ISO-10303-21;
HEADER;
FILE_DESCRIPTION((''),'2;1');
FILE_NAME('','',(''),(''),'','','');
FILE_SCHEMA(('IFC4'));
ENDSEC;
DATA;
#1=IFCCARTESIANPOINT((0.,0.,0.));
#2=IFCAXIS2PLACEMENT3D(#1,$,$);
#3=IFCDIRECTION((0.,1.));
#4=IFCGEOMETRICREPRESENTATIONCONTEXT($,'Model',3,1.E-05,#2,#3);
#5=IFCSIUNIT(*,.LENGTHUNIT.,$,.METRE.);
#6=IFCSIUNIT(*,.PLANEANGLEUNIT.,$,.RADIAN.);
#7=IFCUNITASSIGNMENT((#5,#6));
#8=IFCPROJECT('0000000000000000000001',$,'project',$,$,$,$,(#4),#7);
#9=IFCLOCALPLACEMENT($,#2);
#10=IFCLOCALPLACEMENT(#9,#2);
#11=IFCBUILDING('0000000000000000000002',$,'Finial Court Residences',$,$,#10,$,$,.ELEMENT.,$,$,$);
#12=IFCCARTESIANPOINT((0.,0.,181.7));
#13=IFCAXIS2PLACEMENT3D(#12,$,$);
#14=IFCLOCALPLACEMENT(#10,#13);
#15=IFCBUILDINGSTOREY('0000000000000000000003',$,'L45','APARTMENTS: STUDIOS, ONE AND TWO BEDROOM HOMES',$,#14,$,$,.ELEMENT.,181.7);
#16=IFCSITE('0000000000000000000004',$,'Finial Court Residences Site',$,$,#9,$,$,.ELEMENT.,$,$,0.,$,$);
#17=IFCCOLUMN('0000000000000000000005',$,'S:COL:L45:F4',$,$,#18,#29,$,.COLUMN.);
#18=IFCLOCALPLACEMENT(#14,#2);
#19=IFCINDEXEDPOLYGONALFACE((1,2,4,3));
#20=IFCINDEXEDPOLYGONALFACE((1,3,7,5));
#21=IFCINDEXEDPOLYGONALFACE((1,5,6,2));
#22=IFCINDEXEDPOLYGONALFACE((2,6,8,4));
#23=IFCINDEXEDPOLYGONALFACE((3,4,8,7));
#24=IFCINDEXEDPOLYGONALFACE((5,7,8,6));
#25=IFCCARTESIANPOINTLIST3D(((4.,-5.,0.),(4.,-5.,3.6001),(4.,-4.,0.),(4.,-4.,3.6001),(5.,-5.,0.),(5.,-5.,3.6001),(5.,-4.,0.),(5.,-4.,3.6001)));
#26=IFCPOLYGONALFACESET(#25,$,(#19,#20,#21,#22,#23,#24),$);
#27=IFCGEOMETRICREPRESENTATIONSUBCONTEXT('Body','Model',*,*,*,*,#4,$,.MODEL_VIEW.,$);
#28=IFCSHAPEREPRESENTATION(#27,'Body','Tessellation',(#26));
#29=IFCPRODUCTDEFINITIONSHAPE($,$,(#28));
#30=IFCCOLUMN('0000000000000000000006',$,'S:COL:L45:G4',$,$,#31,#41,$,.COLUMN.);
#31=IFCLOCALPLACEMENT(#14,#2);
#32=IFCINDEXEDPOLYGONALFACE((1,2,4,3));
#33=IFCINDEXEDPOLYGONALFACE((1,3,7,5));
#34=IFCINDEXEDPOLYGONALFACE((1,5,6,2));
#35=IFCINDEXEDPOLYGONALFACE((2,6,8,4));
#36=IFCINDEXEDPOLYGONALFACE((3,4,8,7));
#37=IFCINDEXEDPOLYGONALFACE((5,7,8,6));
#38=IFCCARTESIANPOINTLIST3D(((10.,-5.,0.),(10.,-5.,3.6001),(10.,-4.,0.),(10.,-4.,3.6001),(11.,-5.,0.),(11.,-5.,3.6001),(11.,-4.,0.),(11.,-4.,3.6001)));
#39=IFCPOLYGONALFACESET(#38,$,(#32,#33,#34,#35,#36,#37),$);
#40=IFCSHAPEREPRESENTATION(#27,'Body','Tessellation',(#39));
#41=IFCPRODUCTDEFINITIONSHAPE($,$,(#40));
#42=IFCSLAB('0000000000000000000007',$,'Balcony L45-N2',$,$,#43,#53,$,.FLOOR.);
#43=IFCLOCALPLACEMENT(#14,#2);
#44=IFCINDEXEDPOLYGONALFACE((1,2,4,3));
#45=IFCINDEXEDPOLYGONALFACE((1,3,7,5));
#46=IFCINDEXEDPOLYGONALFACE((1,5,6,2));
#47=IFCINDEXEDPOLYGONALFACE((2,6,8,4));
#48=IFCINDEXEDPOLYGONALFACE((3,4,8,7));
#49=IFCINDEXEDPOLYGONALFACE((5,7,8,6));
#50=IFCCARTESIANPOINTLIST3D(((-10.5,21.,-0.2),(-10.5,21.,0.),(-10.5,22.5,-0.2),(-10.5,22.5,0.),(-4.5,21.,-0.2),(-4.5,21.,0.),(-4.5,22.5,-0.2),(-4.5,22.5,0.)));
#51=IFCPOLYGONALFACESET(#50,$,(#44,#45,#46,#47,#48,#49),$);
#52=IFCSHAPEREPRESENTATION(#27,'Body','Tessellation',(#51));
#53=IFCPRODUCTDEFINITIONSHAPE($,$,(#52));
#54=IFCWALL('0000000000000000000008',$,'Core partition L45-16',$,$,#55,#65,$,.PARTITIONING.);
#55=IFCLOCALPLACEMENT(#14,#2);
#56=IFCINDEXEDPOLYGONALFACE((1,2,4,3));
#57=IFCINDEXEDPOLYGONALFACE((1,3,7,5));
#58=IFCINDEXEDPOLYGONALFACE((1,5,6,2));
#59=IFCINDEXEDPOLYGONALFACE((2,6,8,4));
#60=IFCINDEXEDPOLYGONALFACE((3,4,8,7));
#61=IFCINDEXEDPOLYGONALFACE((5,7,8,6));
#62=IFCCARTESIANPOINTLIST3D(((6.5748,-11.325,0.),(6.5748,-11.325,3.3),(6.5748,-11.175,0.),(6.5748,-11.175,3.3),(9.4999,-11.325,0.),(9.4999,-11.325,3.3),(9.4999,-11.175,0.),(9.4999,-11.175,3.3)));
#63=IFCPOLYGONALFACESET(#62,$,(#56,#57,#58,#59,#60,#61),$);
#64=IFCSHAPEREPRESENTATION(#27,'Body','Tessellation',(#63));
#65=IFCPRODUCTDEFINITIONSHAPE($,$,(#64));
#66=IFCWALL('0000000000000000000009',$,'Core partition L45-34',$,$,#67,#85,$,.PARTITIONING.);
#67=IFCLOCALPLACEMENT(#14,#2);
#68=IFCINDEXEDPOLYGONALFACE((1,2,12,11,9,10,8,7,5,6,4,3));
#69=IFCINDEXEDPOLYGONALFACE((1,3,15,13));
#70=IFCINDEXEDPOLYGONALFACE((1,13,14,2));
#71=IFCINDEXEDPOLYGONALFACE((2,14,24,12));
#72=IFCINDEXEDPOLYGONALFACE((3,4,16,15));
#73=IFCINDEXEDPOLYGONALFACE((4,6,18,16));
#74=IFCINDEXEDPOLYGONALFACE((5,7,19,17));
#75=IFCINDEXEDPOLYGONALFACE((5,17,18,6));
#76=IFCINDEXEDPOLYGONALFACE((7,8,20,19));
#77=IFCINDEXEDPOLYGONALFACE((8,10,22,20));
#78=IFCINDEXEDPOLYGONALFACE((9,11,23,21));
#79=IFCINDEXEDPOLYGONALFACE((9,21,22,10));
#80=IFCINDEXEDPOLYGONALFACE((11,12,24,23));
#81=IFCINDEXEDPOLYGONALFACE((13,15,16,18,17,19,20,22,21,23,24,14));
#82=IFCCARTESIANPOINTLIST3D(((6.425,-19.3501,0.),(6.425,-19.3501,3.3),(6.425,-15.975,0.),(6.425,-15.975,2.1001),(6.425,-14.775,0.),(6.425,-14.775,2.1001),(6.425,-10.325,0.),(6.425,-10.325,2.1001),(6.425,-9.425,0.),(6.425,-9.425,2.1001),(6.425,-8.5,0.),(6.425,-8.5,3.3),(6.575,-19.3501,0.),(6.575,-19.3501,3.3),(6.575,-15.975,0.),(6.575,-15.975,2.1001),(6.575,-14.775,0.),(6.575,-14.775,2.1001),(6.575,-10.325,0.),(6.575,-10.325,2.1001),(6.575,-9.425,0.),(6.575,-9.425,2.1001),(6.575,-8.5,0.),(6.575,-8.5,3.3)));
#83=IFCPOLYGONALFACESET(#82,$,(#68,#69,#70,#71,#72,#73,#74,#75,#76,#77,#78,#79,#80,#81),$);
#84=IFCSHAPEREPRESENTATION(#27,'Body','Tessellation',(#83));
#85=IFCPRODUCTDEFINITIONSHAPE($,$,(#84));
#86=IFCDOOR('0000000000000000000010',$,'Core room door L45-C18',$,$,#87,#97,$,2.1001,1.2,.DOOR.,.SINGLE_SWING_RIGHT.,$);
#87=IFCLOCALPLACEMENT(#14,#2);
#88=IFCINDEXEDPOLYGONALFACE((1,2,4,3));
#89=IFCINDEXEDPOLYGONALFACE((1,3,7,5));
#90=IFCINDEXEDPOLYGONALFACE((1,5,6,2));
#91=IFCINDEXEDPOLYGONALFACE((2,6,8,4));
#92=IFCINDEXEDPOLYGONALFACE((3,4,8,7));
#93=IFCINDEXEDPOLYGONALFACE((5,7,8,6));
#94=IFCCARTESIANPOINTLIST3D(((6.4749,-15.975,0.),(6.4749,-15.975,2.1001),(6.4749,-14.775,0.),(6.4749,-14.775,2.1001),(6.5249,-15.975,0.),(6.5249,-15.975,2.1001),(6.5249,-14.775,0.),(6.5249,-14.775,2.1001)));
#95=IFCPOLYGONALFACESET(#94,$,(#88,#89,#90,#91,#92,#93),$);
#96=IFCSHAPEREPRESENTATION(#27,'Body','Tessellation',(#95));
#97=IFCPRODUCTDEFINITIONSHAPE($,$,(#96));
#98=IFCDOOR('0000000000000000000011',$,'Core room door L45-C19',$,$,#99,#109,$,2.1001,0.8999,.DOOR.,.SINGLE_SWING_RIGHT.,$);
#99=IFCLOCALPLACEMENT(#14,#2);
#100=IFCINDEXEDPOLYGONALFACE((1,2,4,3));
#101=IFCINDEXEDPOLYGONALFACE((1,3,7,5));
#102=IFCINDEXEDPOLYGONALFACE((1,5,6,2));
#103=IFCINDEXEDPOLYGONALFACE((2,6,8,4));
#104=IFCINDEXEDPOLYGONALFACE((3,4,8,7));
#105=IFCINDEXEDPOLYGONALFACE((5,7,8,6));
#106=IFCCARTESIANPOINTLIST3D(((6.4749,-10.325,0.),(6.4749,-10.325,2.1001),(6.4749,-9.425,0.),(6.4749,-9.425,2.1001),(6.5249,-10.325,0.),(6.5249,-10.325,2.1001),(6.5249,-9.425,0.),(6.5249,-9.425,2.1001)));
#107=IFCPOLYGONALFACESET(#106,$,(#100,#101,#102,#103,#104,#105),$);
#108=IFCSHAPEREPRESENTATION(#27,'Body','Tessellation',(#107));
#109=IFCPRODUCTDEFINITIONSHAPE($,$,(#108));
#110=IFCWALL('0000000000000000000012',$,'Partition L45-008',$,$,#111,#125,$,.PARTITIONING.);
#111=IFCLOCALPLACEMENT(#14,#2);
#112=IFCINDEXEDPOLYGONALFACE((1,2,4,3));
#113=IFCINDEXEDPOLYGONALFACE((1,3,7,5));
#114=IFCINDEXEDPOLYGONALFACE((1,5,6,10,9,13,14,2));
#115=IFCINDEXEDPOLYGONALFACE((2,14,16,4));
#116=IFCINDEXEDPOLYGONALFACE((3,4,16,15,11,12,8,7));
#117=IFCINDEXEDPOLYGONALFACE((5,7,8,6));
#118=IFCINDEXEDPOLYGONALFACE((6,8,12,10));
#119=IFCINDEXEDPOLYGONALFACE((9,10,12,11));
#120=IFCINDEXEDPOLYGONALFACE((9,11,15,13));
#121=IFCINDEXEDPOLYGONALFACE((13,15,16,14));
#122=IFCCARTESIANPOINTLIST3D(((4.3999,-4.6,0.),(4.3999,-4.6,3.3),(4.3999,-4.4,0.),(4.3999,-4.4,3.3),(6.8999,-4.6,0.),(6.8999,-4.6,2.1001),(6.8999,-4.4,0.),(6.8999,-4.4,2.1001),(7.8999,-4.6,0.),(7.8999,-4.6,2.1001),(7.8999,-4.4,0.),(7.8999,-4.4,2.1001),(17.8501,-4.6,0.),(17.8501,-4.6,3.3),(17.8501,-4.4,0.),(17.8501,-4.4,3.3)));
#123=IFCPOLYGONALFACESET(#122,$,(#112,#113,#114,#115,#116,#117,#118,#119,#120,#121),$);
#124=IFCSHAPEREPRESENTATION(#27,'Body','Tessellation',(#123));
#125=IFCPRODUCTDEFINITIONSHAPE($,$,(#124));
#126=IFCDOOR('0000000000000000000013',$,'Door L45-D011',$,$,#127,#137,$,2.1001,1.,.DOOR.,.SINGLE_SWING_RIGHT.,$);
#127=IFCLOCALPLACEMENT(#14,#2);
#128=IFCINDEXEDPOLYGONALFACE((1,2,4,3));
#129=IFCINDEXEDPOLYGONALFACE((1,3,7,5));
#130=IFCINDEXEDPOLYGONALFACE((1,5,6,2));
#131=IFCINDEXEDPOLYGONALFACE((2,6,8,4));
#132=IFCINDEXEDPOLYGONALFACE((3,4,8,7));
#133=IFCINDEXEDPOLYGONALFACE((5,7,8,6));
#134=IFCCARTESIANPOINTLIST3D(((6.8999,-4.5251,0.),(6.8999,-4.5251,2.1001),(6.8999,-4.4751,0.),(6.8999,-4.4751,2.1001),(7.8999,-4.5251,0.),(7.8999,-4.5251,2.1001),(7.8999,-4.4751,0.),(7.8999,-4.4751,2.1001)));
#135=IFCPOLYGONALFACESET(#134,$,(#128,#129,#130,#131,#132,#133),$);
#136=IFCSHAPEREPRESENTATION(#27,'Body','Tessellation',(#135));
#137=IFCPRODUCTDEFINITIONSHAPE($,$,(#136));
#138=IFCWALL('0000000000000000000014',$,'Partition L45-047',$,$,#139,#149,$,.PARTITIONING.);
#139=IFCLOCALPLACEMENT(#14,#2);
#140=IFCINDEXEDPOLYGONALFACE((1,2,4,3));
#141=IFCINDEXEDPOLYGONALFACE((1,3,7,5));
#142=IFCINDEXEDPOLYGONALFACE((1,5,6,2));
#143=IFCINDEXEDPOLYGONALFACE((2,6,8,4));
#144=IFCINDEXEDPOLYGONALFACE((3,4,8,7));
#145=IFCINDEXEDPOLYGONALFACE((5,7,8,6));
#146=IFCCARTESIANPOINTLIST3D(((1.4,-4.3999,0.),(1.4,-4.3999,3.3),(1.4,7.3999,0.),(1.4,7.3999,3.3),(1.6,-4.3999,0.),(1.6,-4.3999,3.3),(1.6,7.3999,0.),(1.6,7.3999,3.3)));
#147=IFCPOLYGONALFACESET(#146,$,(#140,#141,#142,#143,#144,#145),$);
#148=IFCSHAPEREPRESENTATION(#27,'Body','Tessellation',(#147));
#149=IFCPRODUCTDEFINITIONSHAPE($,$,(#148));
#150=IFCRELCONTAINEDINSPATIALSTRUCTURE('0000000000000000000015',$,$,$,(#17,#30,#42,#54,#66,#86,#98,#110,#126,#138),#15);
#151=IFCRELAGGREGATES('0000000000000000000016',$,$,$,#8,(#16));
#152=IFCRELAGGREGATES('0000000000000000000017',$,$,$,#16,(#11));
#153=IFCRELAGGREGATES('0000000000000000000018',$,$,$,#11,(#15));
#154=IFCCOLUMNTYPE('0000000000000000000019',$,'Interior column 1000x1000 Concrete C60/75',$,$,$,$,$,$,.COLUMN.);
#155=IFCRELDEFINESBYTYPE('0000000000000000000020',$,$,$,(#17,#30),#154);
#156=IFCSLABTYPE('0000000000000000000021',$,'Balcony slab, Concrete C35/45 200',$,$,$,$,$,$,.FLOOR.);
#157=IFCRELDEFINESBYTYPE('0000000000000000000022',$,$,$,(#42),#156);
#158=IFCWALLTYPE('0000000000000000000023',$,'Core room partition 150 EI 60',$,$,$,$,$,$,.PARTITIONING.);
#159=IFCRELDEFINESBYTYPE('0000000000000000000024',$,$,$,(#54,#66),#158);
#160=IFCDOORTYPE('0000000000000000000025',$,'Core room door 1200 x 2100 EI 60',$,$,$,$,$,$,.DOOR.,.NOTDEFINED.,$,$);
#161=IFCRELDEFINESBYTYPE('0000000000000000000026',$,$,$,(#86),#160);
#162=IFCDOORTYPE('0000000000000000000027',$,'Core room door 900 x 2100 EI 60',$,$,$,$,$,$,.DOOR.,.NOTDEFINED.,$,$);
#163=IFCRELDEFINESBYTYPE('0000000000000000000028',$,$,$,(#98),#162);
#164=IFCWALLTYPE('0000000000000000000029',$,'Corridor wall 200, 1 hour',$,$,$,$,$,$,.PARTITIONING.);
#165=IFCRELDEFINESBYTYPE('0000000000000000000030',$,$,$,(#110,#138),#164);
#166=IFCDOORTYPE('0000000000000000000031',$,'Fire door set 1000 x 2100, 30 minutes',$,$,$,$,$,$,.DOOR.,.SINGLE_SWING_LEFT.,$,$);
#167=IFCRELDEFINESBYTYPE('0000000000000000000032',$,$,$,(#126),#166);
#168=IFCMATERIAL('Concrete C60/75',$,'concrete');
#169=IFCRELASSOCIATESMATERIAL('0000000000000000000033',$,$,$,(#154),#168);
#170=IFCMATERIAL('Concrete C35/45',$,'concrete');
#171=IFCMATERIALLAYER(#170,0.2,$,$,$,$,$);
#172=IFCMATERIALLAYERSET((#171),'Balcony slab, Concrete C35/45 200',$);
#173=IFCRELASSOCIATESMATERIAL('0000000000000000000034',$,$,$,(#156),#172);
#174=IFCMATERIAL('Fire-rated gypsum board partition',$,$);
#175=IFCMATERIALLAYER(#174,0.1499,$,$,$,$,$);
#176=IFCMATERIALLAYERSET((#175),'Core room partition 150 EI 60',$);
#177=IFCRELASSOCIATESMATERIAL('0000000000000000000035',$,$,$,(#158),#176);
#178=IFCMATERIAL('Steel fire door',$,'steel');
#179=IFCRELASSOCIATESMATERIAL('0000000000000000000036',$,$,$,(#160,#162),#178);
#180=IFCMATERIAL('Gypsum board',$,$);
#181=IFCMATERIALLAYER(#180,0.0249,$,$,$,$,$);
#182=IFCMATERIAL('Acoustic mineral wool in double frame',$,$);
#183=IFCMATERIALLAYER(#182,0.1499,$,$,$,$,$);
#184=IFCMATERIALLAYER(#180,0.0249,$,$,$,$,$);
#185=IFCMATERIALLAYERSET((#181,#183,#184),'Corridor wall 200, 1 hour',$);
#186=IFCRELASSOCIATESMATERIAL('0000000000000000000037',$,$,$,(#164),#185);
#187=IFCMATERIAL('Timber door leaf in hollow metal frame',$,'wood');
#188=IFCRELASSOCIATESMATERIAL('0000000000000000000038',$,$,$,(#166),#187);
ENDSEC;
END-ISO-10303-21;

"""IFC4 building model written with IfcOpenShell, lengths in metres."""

from ifc_helpers import new_model, si_unit, direction, frame, frame_2d, origin, origin_2d, place, context, subcontext, project, spatial, polyline, rectangle, outline, extrude, material, layer, layer_set, material_profile, profile_set, type_object, element, fill, save


model = new_model("IFC4")

# Units and contexts
model_context = context("Model", 3, precision=1e-05, world=origin(), true_north=direction((0.0, 1.0)))
body_context = subcontext(model_context, "Body", "Model", "MODEL_VIEW")
ifc_project = project(units=[si_unit("LENGTHUNIT", "METRE"), si_unit("PLANEANGLEUNIT", "RADIAN")], contexts=[model_context])

# Site, building, storey
site_placement = place(None, origin())
site = spatial("IfcSite", under=ifc_project, at=site_placement, Name="Finial Court Residences Site", CompositionType="ELEMENT", RefElevation=0.0)
building_placement = place(site_placement, origin())
building = spatial("IfcBuilding", under=site, at=building_placement, Name="Finial Court Residences", CompositionType="ELEMENT")
storey_placement = place(building_placement, frame((0.0, 0.0, 181.7)))
storey = spatial("IfcBuildingStorey", under=building, at=storey_placement, Name="L45", Description="APARTMENTS: STUDIOS, ONE AND TWO BEDROOM HOMES", CompositionType="ELEMENT", Elevation=181.7)

# Columns
ifc_material_1 = material(Name="Concrete C60/75", Category="concrete")
ifc_material_profile = material_profile(ifc_material_1, rectangle(XDim=1.0, YDim=1.0, at=origin_2d()), Name="1000x1000")
ifc_profile_set = profile_set([ifc_material_profile], Name="Concrete C60/75")
column_type = type_object("IfcColumnType", Name="Interior column 1000x1000 Concrete C60/75", PredefinedType="COLUMN", material=ifc_profile_set)
for number, where, z_axis, x_axis, name in (
    (1, (4.5, -4.5, 0.0), (0.0, 0.0, 1.0), (1.0, 0.0, 0.0), "S:COL:L45:F4"),
    (2, (10.5, -4.5, 0.0), (0.0, 0.0, 1.0), (1.0, 0.0, 0.0), "S:COL:L45:G4"),
):
    element("IfcColumn", number, at=place(storey_placement, frame(where, z_axis=z_axis, x_axis=x_axis)), inside=storey, type_object=column_type, Name=name, PredefinedType="COLUMN", context=body_context, shape_type="SweptSolid", body=[
        extrude(rectangle(XDim=1.0, YDim=1.0, at=origin_2d()), origin(), (0.0, 0.0, 1.0), 3.6001),
    ])

# Slab
ifc_material_2 = material(Name="Concrete C35/45", Category="concrete")
ifc_layer_1 = layer(ifc_material_2, 0.2)
ifc_layer_set_1 = layer_set([ifc_layer_1], Name="Balcony slab, Concrete C35/45 200")
slab_type = type_object("IfcSlabType", Name="Balcony slab, Concrete C35/45 200", PredefinedType="FLOOR", material=ifc_layer_set_1)
slab_placement = place(storey_placement, frame((0.0, 0.0, -0.2)))
element("IfcSlab", 3, at=slab_placement, inside=storey, type_object=slab_type, Name="Balcony L45-N2", PredefinedType="FLOOR", context=body_context, shape_type="SweptSolid", body=[
    extrude(outline(polyline([(-4.5, 21.0), (-4.5, 22.5), (-10.5, 22.5), (-10.5, 21.0), (-4.5, 21.0)])), origin(), (0.0, 0.0, 1.0), 0.2),
])

# Wall
ifc_material_3 = material(Name="Fire-rated gypsum board partition")
ifc_layer_2 = layer(ifc_material_3, 0.1499)
ifc_layer_set_2 = layer_set([ifc_layer_2], Name="Core room partition 150 EI 60")
wall_type_1 = type_object("IfcWallType", Name="Core room partition 150 EI 60", PredefinedType="PARTITIONING", material=ifc_layer_set_2)
wall_1_placement = place(storey_placement, frame((6.575, -11.25, 0.0), z_axis=(0.0, 0.0, 1.0), x_axis=(1.0, 0.0, 0.0)))
element("IfcWall", 4, at=wall_1_placement, inside=storey, type_object=wall_type_1, Name="Core partition L45-16", PredefinedType="PARTITIONING", context=body_context, shape_type="SweptSolid", body=[
    extrude(rectangle(XDim=2.925, YDim=0.1499, at=frame_2d((1.4624, 0.0))), origin(), (0.0, 0.0, 1.0), 3.3),
])

# Wall, openings, doors
wall_2_placement = place(storey_placement, frame((6.5, -8.5, 0.0), z_axis=(0.0, 0.0, 1.0), x_axis=(0.0, -1.0, 0.0)))
wall_2 = element("IfcWall", 5, at=wall_2_placement, inside=storey, type_object=wall_type_1, Name="Core partition L45-34", PredefinedType="PARTITIONING", context=body_context, shape_type="SweptSolid", body=[
    extrude(rectangle(XDim=10.8501, YDim=0.1499, at=frame_2d((5.425, 0.0))), origin(), (0.0, 0.0, 1.0), 3.3),
])
opening_1_placement = place(wall_2_placement, frame((6.2749, 0.0, 0.0)))
opening_1 = element("IfcOpeningElement", 6, at=opening_1_placement, cuts=wall_2, PredefinedType="OPENING", context=body_context, shape_type="SweptSolid", body=[
    extrude(rectangle(XDim=1.2, YDim=2.1001, at=frame_2d((0.6001, 1.05))), frame((0.0, 0.085, 0.0), z_axis=(0.0, -1.0, 0.0), x_axis=(1.0, 0.0, 0.0)), (0.0, 0.0, 1.0), 0.1699),
])
opening_2_placement = place(wall_2_placement, frame((0.925, 0.0, 0.0)))
opening_2 = element("IfcOpeningElement", 7, at=opening_2_placement, cuts=wall_2, PredefinedType="OPENING", context=body_context, shape_type="SweptSolid", body=[
    extrude(rectangle(XDim=0.8999, YDim=2.1001, at=frame_2d((0.45, 1.05))), frame((0.0, 0.085, 0.0), z_axis=(0.0, -1.0, 0.0), x_axis=(1.0, 0.0, 0.0)), (0.0, 0.0, 1.0), 0.1699),
])
ifc_material_4 = material(Name="Steel fire door", Category="steel")
door_type_1 = type_object("IfcDoorType", Name="Core room door 1200 x 2100 EI 60", OperationType="NOTDEFINED", PredefinedType="DOOR", material=ifc_material_4)
door_1_placement = place(opening_1_placement, origin())
door_1 = element("IfcDoor", 8, at=door_1_placement, inside=storey, type_object=door_type_1, Name="Core room door L45-C18", OperationType="SINGLE_SWING_RIGHT", OverallHeight=2.1001, OverallWidth=1.2, PredefinedType="DOOR", context=body_context, shape_type="SweptSolid", body=[
    extrude(rectangle(XDim=1.2, YDim=2.1001, at=frame_2d((0.6001, 1.05))), frame((0.0, 0.0249, 0.0), z_axis=(0.0, -1.0, 0.0), x_axis=(1.0, 0.0, 0.0)), (0.0, 0.0, 1.0), 0.05),
])
fill(opening_1, door_1)
door_type_2 = type_object("IfcDoorType", Name="Core room door 900 x 2100 EI 60", OperationType="NOTDEFINED", PredefinedType="DOOR", material=ifc_material_4)
door_2_placement = place(opening_2_placement, origin())
door_2 = element("IfcDoor", 9, at=door_2_placement, inside=storey, type_object=door_type_2, Name="Core room door L45-C19", OperationType="SINGLE_SWING_RIGHT", OverallHeight=2.1001, OverallWidth=0.8999, PredefinedType="DOOR", context=body_context, shape_type="SweptSolid", body=[
    extrude(rectangle(XDim=0.8999, YDim=2.1001, at=frame_2d((0.45, 1.05))), frame((0.0, 0.0249, 0.0), z_axis=(0.0, -1.0, 0.0), x_axis=(1.0, 0.0, 0.0)), (0.0, 0.0, 1.0), 0.05),
])
fill(opening_2, door_2)

# Wall, opening, door
ifc_material_5 = material(Name="Gypsum board")
ifc_layer_3 = layer(ifc_material_5, 0.0249)
ifc_material_6 = material(Name="Acoustic mineral wool in double frame")
ifc_layer_4 = layer(ifc_material_6, 0.1499)
ifc_layer_5 = layer(ifc_material_5, 0.0249)
ifc_layer_set_3 = layer_set([ifc_layer_3, ifc_layer_4, ifc_layer_5], Name="Corridor wall 200, 1 hour")
wall_type_2 = type_object("IfcWallType", Name="Corridor wall 200, 1 hour", PredefinedType="PARTITIONING", material=ifc_layer_set_3)
wall_3_placement = place(storey_placement, frame((4.3999, -4.5, 0.0), z_axis=(0.0, 0.0, 1.0), x_axis=(1.0, 0.0, 0.0)))
wall_3 = element("IfcWall", 10, at=wall_3_placement, inside=storey, type_object=wall_type_2, Name="Partition L45-008", PredefinedType="PARTITIONING", context=body_context, shape_type="SweptSolid", body=[
    extrude(rectangle(XDim=13.4502, YDim=0.2, at=frame_2d((6.7251, 0.0))), origin(), (0.0, 0.0, 1.0), 3.3),
])
opening_3_placement = place(wall_3_placement, frame((2.5, 0.0, 0.0)))
opening_3 = element("IfcOpeningElement", 11, at=opening_3_placement, cuts=wall_3, PredefinedType="OPENING", context=body_context, shape_type="SweptSolid", body=[
    extrude(rectangle(XDim=1.0, YDim=2.1001, at=frame_2d((0.5, 1.05))), frame((0.0, 0.1099, 0.0), z_axis=(0.0, -1.0, 0.0), x_axis=(1.0, 0.0, 0.0)), (0.0, 0.0, 1.0), 0.22),
])
ifc_material_7 = material(Name="Timber door leaf in hollow metal frame", Category="wood")
door_type_3 = type_object("IfcDoorType", Name="Fire door set 1000 x 2100, 30 minutes", OperationType="SINGLE_SWING_LEFT", PredefinedType="DOOR", material=ifc_material_7)
door_3_placement = place(opening_3_placement, origin())
door_3 = element("IfcDoor", 12, at=door_3_placement, inside=storey, type_object=door_type_3, Name="Door L45-D011", OperationType="SINGLE_SWING_RIGHT", OverallHeight=2.1001, OverallWidth=1.0, PredefinedType="DOOR", context=body_context, shape_type="SweptSolid", body=[
    extrude(rectangle(XDim=1.0, YDim=2.1001, at=frame_2d((0.5, 1.05))), frame((0.0, 0.0249, 0.0), z_axis=(0.0, -1.0, 0.0), x_axis=(1.0, 0.0, 0.0)), (0.0, 0.0, 1.0), 0.05),
])
fill(opening_3, door_3)

# Wall
wall_4_placement = place(storey_placement, frame((1.5, -4.3999, 0.0), z_axis=(0.0, 0.0, 1.0), x_axis=(0.0, 1.0, 0.0)))
element("IfcWall", 13, at=wall_4_placement, inside=storey, type_object=wall_type_2, Name="Partition L45-047", PredefinedType="PARTITIONING", context=body_context, shape_type="SweptSolid", body=[
    extrude(rectangle(XDim=11.7998, YDim=0.2, at=frame_2d((5.8999, 0.0))), origin(), (0.0, 0.0, 1.0), 3.3),
])

save(model, "model.ifc")
